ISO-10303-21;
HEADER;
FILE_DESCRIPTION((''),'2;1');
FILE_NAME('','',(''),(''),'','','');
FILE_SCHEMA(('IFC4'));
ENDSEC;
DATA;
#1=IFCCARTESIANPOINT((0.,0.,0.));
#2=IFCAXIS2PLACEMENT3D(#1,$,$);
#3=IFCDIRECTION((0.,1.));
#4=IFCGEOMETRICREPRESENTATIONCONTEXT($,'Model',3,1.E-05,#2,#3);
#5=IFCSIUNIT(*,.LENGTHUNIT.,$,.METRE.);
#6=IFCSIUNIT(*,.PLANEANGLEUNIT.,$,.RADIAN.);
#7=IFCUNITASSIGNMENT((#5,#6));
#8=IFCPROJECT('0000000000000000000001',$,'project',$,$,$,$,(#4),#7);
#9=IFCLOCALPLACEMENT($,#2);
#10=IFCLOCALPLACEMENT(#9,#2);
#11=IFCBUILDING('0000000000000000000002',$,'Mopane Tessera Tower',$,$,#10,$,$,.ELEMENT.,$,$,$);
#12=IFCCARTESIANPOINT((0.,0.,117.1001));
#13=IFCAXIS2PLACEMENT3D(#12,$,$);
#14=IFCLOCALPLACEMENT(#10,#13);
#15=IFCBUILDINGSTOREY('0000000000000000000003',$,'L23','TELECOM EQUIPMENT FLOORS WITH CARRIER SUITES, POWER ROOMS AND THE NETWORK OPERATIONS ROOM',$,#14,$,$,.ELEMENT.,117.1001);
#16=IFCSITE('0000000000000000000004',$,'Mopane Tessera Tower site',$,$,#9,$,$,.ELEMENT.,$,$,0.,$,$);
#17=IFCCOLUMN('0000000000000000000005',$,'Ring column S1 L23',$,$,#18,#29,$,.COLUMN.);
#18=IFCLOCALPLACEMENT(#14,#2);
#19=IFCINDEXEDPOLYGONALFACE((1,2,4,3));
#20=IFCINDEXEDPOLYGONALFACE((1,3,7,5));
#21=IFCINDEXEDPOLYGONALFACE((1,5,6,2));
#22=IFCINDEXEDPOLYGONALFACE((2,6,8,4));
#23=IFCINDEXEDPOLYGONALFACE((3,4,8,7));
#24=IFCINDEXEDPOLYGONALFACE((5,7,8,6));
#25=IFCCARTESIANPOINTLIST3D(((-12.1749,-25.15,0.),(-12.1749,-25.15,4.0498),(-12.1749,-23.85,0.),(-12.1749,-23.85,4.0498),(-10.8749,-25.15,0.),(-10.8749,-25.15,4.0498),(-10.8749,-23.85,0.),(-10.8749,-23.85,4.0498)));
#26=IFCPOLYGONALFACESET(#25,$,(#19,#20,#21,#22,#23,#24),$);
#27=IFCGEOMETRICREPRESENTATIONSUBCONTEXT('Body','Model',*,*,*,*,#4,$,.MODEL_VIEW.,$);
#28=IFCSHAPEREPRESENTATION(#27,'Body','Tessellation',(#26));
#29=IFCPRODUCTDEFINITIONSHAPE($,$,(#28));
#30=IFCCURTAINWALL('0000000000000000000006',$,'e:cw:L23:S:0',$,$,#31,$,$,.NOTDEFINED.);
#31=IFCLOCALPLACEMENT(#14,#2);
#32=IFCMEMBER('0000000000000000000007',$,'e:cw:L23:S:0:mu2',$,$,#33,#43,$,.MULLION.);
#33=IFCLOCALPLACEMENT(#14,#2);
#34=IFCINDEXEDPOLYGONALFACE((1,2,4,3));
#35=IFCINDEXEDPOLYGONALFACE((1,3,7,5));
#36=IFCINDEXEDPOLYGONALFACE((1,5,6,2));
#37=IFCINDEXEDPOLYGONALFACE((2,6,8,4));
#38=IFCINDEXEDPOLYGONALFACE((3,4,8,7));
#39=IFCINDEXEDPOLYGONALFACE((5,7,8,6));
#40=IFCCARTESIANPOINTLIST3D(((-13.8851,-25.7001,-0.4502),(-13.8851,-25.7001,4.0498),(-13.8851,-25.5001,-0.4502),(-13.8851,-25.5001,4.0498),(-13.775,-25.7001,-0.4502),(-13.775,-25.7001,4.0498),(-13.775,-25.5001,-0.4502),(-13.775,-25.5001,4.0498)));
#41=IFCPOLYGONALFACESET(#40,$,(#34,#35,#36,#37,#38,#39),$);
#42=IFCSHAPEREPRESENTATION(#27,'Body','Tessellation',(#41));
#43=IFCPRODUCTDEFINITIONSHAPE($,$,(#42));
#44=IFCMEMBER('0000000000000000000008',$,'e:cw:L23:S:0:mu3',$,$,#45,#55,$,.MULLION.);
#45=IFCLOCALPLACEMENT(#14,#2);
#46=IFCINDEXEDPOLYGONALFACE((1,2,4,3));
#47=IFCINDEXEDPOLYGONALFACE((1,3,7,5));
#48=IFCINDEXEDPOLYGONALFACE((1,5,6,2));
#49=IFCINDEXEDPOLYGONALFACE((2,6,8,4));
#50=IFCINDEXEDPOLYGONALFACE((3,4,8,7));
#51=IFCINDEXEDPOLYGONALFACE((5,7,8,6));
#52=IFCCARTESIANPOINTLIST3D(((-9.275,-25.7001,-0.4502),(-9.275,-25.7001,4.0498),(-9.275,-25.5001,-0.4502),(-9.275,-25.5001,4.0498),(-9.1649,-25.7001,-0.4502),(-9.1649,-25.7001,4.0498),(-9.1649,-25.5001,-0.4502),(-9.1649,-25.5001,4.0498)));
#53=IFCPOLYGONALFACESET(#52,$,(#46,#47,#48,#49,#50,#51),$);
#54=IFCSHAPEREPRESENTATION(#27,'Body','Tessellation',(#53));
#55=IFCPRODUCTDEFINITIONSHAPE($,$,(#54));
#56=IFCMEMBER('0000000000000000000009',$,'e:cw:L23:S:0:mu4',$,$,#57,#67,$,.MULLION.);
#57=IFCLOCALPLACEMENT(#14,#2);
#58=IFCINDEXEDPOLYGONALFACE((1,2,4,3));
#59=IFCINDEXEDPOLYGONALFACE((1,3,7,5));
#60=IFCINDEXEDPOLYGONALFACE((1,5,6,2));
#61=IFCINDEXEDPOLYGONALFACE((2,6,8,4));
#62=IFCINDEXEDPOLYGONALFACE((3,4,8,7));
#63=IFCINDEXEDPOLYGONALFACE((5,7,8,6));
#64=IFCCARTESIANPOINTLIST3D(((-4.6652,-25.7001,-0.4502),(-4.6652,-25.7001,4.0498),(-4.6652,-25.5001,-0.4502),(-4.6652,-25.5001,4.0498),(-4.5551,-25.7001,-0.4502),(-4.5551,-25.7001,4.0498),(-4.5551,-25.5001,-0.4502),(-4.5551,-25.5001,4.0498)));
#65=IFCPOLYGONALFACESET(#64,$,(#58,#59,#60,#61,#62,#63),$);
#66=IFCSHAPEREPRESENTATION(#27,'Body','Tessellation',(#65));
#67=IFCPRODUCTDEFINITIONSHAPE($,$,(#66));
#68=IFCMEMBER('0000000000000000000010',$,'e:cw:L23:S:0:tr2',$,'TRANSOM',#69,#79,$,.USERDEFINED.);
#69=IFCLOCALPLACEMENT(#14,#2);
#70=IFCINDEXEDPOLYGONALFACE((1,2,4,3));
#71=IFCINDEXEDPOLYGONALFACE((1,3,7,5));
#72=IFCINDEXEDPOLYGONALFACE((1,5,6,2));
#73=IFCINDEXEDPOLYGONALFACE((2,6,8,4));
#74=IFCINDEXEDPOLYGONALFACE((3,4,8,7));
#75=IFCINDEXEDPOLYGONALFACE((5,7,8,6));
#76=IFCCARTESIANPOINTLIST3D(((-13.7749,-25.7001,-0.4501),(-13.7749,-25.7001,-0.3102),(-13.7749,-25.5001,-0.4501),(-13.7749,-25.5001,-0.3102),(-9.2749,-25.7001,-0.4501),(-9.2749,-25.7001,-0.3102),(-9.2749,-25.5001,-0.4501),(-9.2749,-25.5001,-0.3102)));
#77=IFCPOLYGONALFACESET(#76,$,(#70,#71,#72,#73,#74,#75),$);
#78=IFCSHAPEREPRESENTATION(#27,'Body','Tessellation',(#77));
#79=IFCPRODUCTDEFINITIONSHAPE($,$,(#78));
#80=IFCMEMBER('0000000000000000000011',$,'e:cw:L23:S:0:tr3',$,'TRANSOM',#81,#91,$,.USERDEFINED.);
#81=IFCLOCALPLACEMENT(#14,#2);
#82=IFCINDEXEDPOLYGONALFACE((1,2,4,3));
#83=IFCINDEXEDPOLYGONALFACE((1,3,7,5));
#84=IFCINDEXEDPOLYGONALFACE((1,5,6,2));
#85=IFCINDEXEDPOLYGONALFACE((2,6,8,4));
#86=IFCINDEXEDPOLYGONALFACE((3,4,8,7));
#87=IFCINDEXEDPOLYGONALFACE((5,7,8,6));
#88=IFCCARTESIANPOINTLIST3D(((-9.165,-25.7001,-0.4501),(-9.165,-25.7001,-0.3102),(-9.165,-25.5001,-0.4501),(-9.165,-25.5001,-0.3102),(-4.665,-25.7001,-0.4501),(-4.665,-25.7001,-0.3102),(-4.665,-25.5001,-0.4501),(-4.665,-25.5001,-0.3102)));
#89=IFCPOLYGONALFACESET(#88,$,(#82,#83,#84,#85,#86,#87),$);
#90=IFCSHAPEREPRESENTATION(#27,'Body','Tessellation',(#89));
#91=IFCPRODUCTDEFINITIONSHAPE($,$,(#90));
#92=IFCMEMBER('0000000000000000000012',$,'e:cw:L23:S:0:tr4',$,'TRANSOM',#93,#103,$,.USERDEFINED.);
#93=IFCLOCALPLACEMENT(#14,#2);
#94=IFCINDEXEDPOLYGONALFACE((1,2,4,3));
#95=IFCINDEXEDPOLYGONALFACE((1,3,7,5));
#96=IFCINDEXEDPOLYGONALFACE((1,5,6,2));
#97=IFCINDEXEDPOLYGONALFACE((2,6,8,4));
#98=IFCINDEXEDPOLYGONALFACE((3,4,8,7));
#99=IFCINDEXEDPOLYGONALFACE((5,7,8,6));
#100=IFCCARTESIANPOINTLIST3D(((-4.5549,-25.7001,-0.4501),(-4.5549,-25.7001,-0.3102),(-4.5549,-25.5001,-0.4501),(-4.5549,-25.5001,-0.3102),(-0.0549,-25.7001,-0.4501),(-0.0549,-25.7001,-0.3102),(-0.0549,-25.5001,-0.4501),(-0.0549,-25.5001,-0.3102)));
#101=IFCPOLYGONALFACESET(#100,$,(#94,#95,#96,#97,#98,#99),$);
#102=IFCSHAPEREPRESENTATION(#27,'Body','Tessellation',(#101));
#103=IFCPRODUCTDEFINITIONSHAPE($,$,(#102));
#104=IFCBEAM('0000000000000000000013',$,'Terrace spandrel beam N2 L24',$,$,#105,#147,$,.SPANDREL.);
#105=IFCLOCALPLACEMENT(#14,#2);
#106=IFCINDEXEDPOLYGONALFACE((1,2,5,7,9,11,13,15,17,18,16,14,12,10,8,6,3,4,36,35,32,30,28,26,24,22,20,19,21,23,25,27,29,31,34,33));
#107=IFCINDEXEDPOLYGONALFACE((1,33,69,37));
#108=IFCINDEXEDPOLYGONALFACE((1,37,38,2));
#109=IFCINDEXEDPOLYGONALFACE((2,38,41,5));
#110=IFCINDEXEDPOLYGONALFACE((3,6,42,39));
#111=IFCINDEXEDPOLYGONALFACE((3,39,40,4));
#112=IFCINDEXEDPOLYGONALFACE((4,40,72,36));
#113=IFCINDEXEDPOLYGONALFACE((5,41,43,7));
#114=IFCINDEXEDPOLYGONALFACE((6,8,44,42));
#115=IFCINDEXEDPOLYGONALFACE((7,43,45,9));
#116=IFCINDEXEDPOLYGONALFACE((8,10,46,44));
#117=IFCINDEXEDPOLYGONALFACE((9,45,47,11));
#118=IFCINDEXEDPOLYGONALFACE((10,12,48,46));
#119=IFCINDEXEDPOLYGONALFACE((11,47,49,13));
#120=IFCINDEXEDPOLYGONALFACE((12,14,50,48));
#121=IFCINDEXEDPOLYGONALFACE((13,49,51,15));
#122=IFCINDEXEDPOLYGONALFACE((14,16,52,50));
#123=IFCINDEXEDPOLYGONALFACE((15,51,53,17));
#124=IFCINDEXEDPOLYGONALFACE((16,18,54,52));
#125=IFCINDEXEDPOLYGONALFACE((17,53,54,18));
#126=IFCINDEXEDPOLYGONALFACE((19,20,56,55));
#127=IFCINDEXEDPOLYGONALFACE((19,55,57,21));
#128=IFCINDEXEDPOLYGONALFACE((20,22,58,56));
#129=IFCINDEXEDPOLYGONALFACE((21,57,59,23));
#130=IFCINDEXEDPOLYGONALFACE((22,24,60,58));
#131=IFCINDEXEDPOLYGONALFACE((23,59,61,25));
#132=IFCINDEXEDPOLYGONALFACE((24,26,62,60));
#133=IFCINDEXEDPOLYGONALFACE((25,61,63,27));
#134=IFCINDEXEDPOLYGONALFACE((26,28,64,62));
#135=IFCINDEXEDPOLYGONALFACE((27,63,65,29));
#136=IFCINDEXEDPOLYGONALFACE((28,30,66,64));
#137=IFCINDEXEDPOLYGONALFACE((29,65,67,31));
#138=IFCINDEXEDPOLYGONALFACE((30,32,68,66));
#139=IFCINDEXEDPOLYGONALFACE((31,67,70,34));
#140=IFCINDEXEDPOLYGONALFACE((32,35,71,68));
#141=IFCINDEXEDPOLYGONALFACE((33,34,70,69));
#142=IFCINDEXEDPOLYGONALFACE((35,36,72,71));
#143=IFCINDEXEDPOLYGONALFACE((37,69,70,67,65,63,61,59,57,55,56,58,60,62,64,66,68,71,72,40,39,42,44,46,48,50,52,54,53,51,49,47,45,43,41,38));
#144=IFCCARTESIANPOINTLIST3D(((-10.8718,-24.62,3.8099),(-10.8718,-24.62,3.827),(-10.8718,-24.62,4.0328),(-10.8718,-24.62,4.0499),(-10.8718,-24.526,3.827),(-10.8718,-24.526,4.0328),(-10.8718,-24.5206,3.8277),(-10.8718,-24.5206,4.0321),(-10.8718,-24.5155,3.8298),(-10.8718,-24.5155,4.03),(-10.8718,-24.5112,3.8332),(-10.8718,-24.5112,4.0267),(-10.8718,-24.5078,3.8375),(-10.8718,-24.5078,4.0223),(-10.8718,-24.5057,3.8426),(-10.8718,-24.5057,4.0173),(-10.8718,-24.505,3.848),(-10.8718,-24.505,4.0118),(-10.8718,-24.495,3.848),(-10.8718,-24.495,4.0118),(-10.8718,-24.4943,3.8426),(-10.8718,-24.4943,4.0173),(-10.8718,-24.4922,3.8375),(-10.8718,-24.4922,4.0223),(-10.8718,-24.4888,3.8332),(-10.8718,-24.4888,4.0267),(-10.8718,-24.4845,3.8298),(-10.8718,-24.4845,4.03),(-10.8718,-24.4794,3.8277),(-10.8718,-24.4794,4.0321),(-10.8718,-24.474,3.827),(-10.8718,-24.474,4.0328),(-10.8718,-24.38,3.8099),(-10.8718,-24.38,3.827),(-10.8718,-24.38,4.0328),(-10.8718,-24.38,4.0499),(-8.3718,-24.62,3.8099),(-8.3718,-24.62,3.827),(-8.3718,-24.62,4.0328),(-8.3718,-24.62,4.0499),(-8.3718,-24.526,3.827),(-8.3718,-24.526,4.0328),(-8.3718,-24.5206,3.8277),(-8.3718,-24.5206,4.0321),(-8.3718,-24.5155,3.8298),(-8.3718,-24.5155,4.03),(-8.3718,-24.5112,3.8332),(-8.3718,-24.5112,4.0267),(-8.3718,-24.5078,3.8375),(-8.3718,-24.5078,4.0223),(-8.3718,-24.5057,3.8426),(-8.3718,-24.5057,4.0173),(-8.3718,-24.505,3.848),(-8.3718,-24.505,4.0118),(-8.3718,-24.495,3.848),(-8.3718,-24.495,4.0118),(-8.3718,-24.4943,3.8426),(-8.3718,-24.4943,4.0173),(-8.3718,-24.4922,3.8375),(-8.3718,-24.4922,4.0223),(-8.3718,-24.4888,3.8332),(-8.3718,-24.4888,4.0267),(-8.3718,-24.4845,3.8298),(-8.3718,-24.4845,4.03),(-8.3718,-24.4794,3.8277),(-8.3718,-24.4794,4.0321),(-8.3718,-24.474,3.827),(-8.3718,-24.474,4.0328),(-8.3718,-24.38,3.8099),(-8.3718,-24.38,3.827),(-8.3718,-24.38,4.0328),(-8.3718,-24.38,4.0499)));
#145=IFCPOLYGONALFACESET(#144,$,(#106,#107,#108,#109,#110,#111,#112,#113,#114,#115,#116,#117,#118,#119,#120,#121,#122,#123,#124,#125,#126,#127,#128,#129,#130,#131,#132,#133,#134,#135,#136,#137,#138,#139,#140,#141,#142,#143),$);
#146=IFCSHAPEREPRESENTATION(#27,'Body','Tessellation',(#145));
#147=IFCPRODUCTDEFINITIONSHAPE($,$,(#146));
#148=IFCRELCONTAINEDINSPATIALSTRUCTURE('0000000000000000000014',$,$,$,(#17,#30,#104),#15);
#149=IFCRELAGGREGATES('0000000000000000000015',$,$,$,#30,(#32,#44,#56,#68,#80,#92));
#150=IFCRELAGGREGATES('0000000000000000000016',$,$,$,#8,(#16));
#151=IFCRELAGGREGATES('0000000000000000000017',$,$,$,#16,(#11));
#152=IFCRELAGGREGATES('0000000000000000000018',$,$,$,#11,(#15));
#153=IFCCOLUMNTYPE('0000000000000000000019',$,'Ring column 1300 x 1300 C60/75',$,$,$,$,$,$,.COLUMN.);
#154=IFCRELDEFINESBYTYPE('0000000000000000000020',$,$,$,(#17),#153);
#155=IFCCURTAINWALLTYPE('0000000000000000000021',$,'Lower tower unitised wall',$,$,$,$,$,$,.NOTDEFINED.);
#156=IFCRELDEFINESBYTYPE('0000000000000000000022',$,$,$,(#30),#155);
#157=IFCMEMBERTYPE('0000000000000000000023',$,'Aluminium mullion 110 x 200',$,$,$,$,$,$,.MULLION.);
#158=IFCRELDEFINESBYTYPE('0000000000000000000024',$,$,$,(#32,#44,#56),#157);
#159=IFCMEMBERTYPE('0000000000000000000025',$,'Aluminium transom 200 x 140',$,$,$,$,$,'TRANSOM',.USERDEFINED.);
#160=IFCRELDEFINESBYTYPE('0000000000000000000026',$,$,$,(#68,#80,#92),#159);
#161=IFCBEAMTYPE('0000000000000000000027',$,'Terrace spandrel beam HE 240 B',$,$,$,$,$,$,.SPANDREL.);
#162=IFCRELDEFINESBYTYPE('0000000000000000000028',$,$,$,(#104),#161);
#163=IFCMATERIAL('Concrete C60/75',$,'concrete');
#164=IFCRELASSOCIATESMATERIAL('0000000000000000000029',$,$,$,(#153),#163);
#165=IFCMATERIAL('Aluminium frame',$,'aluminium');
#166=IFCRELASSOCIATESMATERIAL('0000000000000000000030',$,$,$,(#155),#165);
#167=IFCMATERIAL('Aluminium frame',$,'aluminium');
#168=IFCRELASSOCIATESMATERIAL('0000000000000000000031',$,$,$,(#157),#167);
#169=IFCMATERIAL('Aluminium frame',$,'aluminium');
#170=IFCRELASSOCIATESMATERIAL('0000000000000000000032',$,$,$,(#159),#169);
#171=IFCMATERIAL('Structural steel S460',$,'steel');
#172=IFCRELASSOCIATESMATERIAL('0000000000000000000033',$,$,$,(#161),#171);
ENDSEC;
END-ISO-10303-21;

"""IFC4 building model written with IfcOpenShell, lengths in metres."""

from ifc_helpers import new_model, si_unit, direction, frame, origin, origin_2d, place, context, subcontext, project, spatial, rectangle, i_section, extrude, material, material_profile, profile_set, type_object, element, aggregate, save


model = new_model("IFC4")

# Units and contexts
model_context = context("Model", 3, precision=1e-05, world=origin(), true_north=direction((0.0, 1.0)))
body_context = subcontext(model_context, "Body", "Model", "MODEL_VIEW")
ifc_project = project(units=[si_unit("LENGTHUNIT", "METRE"), si_unit("PLANEANGLEUNIT", "RADIAN")], contexts=[model_context])

# Site, building, storey
site_placement = place(None, origin())
site = spatial("IfcSite", under=ifc_project, at=site_placement, Name="Mopane Tessera Tower site", CompositionType="ELEMENT", RefElevation=0.0)
building_placement = place(site_placement, origin())
building = spatial("IfcBuilding", under=site, at=building_placement, Name="Mopane Tessera Tower", CompositionType="ELEMENT")
storey_placement = place(building_placement, frame((0.0, 0.0, 117.1001)))
storey = spatial("IfcBuildingStorey", under=building, at=storey_placement, Name="L23", Description="TELECOM EQUIPMENT FLOORS WITH CARRIER SUITES, POWER ROOMS AND THE NETWORK OPERATIONS ROOM", CompositionType="ELEMENT", Elevation=117.1001)

# Column
ifc_material_1 = material(Name="Concrete C60/75", Category="concrete")
ifc_material_profile_1 = material_profile(ifc_material_1, rectangle(XDim=1.3, YDim=1.3, at=origin_2d()))
ifc_profile_set_1 = profile_set([ifc_material_profile_1], Name="Concrete C60/75")
column_type = type_object("IfcColumnType", Name="Ring column 1300 x 1300 C60/75", PredefinedType="COLUMN", material=ifc_profile_set_1)
column_placement = place(storey_placement, frame((-11.5249, -24.5, 0.0), z_axis=(0.0, 0.0, 1.0), x_axis=(1.0, 0.0, 0.0)))
element("IfcColumn", 1, at=column_placement, inside=storey, type_object=column_type, Name="Ring column S1 L23", PredefinedType="COLUMN", context=body_context, shape_type="SweptSolid", body=[
    extrude(rectangle(XDim=1.3, YDim=1.3, at=origin_2d()), origin(), (0.0, 0.0, 1.0), 4.0498),
])

# Curtain wall, members
ifc_material_2 = material(Name="Aluminium frame", Category="aluminium")
curtain_wall_type = type_object("IfcCurtainWallType", Name="Lower tower unitised wall", PredefinedType="NOTDEFINED", material=ifc_material_2)
curtain_wall_placement = place(storey_placement, origin())
curtain_wall = element("IfcCurtainWall", 2, at=curtain_wall_placement, inside=storey, type_object=curtain_wall_type, Name="e:cw:L23:S:0", PredefinedType="NOTDEFINED")
ifc_material_3 = material(Name="Aluminium frame", Category="aluminium")
ifc_material_profile_2 = material_profile(ifc_material_3, rectangle(XDim=0.1101, YDim=0.2, at=origin_2d()))
ifc_profile_set_2 = profile_set([ifc_material_profile_2], Name="Aluminium frame")
member_type_1 = type_object("IfcMemberType", Name="Aluminium mullion 110 x 200", PredefinedType="MULLION", material=ifc_profile_set_2)
member_1_placement = place(storey_placement, frame((-13.8301, -25.6001, -0.4502), z_axis=(0.0, 0.0, 1.0), x_axis=(1.0, 0.0, 0.0)))
member_1 = element("IfcMember", 3, at=member_1_placement, type_object=member_type_1, Name="e:cw:L23:S:0:mu2", PredefinedType="MULLION", context=body_context, shape_type="SweptSolid", body=[
    extrude(rectangle(XDim=0.1101, YDim=0.2, at=origin_2d()), origin(), (0.0, 0.0, 1.0), 4.5),
])
member_2_placement = place(storey_placement, frame((-9.22, -25.6001, -0.4502), z_axis=(0.0, 0.0, 1.0), x_axis=(1.0, 0.0, 0.0)))
member_2 = element("IfcMember", 4, at=member_2_placement, type_object=member_type_1, Name="e:cw:L23:S:0:mu3", PredefinedType="MULLION", context=body_context, shape_type="SweptSolid", body=[
    extrude(rectangle(XDim=0.1101, YDim=0.2, at=origin_2d()), origin(), (0.0, 0.0, 1.0), 4.5),
])
member_3_placement = place(storey_placement, frame((-4.6101, -25.6001, -0.4502), z_axis=(0.0, 0.0, 1.0), x_axis=(1.0, 0.0, 0.0)))
member_3 = element("IfcMember", 5, at=member_3_placement, type_object=member_type_1, Name="e:cw:L23:S:0:mu4", PredefinedType="MULLION", context=body_context, shape_type="SweptSolid", body=[
    extrude(rectangle(XDim=0.1101, YDim=0.2, at=origin_2d()), origin(), (0.0, 0.0, 1.0), 4.5),
])
ifc_material_4 = material(Name="Aluminium frame", Category="aluminium")
ifc_material_profile_3 = material_profile(ifc_material_4, rectangle(XDim=0.2, YDim=0.1399, at=origin_2d()))
ifc_profile_set_3 = profile_set([ifc_material_profile_3], Name="Aluminium frame")
member_type_2 = type_object("IfcMemberType", Name="Aluminium transom 200 x 140", ElementType="TRANSOM", PredefinedType="USERDEFINED", material=ifc_profile_set_3)
member_4_placement = place(storey_placement, frame((-13.7749, -25.6001, -0.3801), z_axis=(1.0, 0.0, 0.0), x_axis=(0.0, 1.0, 0.0)))
member_4 = element("IfcMember", 6, at=member_4_placement, type_object=member_type_2, Name="e:cw:L23:S:0:tr2", ObjectType="TRANSOM", PredefinedType="USERDEFINED", context=body_context, shape_type="SweptSolid", body=[
    extrude(rectangle(XDim=0.2, YDim=0.1399, at=origin_2d()), origin(), (0.0, 0.0, 1.0), 4.5),
])
member_5_placement = place(storey_placement, frame((-9.165, -25.6001, -0.3801), z_axis=(1.0, 0.0, 0.0), x_axis=(0.0, 1.0, 0.0)))
member_5 = element("IfcMember", 7, at=member_5_placement, type_object=member_type_2, Name="e:cw:L23:S:0:tr3", ObjectType="TRANSOM", PredefinedType="USERDEFINED", context=body_context, shape_type="SweptSolid", body=[
    extrude(rectangle(XDim=0.2, YDim=0.1399, at=origin_2d()), origin(), (0.0, 0.0, 1.0), 4.5),
])
member_6_placement = place(storey_placement, frame((-4.5549, -25.6001, -0.3801), z_axis=(1.0, 0.0, 0.0), x_axis=(0.0, 1.0, 0.0)))
member_6 = element("IfcMember", 8, at=member_6_placement, type_object=member_type_2, Name="e:cw:L23:S:0:tr4", ObjectType="TRANSOM", PredefinedType="USERDEFINED", context=body_context, shape_type="SweptSolid", body=[
    extrude(rectangle(XDim=0.2, YDim=0.1399, at=origin_2d()), origin(), (0.0, 0.0, 1.0), 4.5),
])

# Beam
ifc_material_5 = material(Name="Structural steel S460", Category="steel")
ifc_material_profile_4 = material_profile(ifc_material_5, i_section(OverallWidth=0.24, OverallDepth=0.24, WebThickness=0.01, FlangeThickness=0.0171, FilletRadius=0.021, at=origin_2d()))
ifc_profile_set_4 = profile_set([ifc_material_profile_4], Name="Structural steel S460")
beam_type_1 = type_object("IfcBeamType", Name="Terrace spandrel beam HE 240 B", PredefinedType="SPANDREL", material=ifc_profile_set_4)
beam_1_placement = place(storey_placement, frame((-10.8718, -24.5, 3.9299), z_axis=(1.0, 0.0, 0.0), x_axis=(0.0, 1.0, 0.0)))
element("IfcBeam", 9, at=beam_1_placement, inside=storey, type_object=beam_type_1, Name="Terrace spandrel beam N2 L24", PredefinedType="SPANDREL", context=body_context, shape_type="SweptSolid", body=[
    extrude(i_section(OverallWidth=0.24, OverallDepth=0.24, WebThickness=0.01, FlangeThickness=0.0171, FilletRadius=0.021, at=origin_2d()), origin(), (0.0, 0.0, 1.0), 2.5),
])

aggregate(curtain_wall, [member_1, member_2, member_3, member_4, member_5, member_6])

save(model, "model.ifc")
